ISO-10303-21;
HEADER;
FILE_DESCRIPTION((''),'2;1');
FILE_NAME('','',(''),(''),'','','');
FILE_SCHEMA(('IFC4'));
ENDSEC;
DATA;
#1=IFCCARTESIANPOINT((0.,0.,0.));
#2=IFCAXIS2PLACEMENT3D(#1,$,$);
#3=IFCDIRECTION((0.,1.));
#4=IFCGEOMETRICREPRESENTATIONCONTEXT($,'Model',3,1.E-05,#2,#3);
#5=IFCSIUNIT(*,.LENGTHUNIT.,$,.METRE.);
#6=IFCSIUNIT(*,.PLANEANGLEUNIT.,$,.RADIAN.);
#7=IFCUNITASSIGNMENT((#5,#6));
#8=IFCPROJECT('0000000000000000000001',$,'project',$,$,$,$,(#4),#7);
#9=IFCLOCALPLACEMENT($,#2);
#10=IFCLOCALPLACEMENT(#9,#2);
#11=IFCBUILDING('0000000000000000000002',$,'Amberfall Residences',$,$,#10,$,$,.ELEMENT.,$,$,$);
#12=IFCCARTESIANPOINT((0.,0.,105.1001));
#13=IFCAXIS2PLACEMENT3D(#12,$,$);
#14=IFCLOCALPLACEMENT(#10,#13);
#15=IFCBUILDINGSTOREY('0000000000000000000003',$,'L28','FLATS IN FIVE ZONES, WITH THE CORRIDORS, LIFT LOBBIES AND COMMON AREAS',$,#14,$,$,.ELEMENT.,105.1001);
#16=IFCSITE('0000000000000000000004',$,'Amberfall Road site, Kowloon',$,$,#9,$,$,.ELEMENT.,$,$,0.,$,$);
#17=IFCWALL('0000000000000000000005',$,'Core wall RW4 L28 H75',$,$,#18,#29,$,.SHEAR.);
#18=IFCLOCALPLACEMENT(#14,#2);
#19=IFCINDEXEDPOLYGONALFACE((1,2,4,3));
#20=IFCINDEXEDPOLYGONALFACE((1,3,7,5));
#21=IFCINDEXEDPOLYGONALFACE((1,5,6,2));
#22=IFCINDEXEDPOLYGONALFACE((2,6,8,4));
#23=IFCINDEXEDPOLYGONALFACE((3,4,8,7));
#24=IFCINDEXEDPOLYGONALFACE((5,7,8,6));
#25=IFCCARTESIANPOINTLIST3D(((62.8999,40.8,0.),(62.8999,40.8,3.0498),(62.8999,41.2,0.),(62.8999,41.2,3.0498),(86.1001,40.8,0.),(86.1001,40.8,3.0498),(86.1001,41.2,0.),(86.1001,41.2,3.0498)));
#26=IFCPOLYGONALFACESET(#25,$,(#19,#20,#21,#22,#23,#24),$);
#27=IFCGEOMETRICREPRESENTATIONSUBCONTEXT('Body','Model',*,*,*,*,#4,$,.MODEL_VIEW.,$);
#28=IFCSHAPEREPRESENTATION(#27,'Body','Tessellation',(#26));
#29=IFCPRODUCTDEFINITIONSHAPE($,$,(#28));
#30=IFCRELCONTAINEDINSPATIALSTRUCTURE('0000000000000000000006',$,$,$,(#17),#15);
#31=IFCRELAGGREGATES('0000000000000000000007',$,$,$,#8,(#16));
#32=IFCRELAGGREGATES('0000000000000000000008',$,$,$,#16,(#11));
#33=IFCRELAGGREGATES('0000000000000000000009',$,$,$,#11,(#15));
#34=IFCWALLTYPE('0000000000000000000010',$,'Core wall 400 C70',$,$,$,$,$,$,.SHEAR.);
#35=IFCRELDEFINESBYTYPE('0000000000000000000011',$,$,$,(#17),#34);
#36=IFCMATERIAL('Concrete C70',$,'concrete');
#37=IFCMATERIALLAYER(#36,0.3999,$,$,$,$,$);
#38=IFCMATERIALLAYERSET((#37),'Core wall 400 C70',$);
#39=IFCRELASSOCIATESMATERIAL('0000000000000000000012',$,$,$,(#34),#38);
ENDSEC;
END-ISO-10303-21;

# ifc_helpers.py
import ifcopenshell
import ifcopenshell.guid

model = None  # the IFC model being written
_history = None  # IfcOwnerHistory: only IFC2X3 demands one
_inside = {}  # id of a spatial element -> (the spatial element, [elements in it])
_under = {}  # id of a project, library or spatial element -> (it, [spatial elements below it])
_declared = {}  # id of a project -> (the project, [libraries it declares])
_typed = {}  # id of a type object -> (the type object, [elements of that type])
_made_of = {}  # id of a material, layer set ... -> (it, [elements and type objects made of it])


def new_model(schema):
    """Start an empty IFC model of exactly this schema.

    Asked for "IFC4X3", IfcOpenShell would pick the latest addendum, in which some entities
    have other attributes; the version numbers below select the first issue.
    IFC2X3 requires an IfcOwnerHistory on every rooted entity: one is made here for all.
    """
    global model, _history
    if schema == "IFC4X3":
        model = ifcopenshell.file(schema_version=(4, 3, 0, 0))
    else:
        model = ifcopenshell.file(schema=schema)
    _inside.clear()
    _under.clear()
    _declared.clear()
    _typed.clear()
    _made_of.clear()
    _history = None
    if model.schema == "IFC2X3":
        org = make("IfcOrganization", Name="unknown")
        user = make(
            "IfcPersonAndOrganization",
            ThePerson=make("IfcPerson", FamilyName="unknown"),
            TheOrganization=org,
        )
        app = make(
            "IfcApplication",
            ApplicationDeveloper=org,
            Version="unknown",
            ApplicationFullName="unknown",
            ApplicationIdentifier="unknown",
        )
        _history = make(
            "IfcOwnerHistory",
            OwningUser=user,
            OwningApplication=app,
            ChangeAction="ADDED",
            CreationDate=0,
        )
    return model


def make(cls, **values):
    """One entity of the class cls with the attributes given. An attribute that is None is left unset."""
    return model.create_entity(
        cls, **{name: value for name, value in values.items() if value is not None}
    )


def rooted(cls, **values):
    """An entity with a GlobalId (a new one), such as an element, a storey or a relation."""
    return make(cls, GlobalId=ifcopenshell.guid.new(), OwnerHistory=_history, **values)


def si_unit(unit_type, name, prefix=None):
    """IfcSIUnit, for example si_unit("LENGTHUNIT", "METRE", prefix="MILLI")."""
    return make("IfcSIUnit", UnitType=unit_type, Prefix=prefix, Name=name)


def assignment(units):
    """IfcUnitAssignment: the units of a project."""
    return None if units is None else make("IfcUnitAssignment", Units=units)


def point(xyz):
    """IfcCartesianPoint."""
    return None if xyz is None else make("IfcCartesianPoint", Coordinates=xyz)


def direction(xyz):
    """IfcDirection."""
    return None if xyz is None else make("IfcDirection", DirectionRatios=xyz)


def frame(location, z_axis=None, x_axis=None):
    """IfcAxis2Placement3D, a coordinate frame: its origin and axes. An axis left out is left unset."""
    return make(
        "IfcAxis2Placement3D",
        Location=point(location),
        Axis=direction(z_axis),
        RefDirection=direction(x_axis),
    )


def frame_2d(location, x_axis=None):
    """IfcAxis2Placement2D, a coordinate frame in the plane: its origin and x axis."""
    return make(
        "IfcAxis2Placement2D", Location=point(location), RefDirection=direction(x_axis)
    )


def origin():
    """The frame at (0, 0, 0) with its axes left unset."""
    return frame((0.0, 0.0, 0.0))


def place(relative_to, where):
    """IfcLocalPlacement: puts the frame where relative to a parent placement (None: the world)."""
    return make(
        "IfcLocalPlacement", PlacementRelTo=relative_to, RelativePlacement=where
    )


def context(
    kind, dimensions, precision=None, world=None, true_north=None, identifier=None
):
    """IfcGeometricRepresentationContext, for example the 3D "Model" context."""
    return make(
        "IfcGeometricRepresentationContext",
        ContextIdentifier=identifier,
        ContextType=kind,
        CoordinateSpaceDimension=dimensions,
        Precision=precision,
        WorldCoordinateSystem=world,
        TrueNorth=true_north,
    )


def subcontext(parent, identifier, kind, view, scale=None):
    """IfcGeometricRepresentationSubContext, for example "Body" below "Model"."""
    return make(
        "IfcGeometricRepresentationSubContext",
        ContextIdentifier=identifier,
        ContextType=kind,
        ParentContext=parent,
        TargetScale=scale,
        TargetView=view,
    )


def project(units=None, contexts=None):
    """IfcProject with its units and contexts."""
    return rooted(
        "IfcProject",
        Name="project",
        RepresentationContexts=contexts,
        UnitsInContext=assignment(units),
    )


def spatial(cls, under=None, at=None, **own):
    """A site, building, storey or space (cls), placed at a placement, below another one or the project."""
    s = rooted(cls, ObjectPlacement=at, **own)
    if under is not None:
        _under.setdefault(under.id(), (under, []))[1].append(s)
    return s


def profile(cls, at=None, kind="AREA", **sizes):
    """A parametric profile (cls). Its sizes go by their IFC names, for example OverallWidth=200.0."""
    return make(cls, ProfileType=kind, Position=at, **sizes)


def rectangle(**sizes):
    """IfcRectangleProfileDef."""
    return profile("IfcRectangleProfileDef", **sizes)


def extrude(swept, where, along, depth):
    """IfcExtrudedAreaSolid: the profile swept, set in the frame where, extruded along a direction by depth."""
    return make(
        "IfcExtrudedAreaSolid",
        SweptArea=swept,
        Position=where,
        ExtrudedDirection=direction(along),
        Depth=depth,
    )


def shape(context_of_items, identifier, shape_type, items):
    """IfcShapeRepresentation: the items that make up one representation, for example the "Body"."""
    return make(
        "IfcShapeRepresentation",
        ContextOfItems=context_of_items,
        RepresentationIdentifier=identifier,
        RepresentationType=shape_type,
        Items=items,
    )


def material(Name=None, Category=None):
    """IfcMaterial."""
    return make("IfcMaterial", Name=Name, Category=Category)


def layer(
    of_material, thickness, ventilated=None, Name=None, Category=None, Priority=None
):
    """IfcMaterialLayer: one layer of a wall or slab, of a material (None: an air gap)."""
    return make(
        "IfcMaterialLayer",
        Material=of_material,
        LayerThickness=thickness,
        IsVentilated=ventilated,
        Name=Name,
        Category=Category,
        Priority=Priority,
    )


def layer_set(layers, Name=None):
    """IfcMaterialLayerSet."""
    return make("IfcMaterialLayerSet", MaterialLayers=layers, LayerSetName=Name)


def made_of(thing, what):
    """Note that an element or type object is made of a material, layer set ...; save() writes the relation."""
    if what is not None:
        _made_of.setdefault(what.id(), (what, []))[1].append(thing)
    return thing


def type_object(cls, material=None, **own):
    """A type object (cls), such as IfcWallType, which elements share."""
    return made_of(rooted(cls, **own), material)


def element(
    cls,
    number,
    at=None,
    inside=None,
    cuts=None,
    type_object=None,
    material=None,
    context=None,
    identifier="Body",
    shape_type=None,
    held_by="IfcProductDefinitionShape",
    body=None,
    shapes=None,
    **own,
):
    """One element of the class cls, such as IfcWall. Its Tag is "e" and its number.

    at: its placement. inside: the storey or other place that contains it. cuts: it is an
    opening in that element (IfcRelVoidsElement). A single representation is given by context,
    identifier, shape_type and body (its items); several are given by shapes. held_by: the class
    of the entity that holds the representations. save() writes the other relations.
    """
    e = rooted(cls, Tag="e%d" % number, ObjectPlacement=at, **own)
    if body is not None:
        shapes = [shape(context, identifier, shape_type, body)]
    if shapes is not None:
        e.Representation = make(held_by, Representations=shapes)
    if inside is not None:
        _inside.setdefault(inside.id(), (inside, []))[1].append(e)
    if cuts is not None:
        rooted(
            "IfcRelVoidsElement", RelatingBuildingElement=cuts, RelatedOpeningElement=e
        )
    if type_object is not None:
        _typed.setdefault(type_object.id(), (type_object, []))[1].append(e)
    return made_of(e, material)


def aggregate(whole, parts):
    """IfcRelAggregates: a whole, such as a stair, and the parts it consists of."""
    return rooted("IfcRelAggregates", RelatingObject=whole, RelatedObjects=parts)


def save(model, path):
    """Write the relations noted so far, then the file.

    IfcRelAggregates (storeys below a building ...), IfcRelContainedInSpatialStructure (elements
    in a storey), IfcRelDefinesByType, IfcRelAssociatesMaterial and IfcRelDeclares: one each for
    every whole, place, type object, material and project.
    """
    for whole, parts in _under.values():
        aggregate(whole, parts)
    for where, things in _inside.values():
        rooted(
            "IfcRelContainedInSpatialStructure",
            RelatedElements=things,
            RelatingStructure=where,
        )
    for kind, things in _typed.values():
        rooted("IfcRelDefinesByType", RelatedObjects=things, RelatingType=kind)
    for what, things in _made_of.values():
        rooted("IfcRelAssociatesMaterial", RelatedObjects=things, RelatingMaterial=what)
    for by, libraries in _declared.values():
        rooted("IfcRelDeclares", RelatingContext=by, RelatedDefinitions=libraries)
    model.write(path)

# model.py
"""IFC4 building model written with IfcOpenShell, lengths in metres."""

from ifc_helpers import new_model, si_unit, direction, frame, frame_2d, origin, place, context, subcontext, project, spatial, rectangle, extrude, material, layer, layer_set, type_object, element, save


model = new_model("IFC4")

# Units and contexts
model_context = context("Model", 3, precision=1e-05, world=origin(), true_north=direction((0.0, 1.0)))
body_context = subcontext(model_context, "Body", "Model", "MODEL_VIEW")
ifc_project = project(units=[si_unit("LENGTHUNIT", "METRE"), si_unit("PLANEANGLEUNIT", "RADIAN")], contexts=[model_context])

# Site, building, storey
site_placement = place(None, origin())
site = spatial("IfcSite", under=ifc_project, at=site_placement, Name="Amberfall Road site, Kowloon", CompositionType="ELEMENT", RefElevation=0.0)
building_placement = place(site_placement, origin())
building = spatial("IfcBuilding", under=site, at=building_placement, Name="Amberfall Residences", CompositionType="ELEMENT")
storey_placement = place(building_placement, frame((0.0, 0.0, 105.1001)))
storey = spatial("IfcBuildingStorey", under=building, at=storey_placement, Name="L28", Description="FLATS IN FIVE ZONES, WITH THE CORRIDORS, LIFT LOBBIES AND COMMON AREAS", CompositionType="ELEMENT", Elevation=105.1001)

# Wall
ifc_material_1 = material(Name="Concrete C70", Category="concrete")
ifc_layer_1 = layer(ifc_material_1, 0.3999)
ifc_layer_set_1 = layer_set([ifc_layer_1], Name="Core wall 400 C70")
wall_type_1 = type_object("IfcWallType", Name="Core wall 400 C70", PredefinedType="SHEAR", material=ifc_layer_set_1)
wall_1_placement = place(storey_placement, frame((62.8999, 41.0, 0.0), z_axis=(0.0, 0.0, 1.0), x_axis=(1.0, 0.0, 0.0)))
element("IfcWall", 1, at=wall_1_placement, inside=storey, type_object=wall_type_1, Name="Core wall RW4 L28 H75", PredefinedType="SHEAR", context=body_context, shape_type="SweptSolid", body=[
    extrude(rectangle(XDim=23.2002, YDim=0.3999, at=frame_2d((11.6001, 0.0))), origin(), (0.0, 0.0, 1.0), 3.0498),
])

save(model, "model.ifc")
